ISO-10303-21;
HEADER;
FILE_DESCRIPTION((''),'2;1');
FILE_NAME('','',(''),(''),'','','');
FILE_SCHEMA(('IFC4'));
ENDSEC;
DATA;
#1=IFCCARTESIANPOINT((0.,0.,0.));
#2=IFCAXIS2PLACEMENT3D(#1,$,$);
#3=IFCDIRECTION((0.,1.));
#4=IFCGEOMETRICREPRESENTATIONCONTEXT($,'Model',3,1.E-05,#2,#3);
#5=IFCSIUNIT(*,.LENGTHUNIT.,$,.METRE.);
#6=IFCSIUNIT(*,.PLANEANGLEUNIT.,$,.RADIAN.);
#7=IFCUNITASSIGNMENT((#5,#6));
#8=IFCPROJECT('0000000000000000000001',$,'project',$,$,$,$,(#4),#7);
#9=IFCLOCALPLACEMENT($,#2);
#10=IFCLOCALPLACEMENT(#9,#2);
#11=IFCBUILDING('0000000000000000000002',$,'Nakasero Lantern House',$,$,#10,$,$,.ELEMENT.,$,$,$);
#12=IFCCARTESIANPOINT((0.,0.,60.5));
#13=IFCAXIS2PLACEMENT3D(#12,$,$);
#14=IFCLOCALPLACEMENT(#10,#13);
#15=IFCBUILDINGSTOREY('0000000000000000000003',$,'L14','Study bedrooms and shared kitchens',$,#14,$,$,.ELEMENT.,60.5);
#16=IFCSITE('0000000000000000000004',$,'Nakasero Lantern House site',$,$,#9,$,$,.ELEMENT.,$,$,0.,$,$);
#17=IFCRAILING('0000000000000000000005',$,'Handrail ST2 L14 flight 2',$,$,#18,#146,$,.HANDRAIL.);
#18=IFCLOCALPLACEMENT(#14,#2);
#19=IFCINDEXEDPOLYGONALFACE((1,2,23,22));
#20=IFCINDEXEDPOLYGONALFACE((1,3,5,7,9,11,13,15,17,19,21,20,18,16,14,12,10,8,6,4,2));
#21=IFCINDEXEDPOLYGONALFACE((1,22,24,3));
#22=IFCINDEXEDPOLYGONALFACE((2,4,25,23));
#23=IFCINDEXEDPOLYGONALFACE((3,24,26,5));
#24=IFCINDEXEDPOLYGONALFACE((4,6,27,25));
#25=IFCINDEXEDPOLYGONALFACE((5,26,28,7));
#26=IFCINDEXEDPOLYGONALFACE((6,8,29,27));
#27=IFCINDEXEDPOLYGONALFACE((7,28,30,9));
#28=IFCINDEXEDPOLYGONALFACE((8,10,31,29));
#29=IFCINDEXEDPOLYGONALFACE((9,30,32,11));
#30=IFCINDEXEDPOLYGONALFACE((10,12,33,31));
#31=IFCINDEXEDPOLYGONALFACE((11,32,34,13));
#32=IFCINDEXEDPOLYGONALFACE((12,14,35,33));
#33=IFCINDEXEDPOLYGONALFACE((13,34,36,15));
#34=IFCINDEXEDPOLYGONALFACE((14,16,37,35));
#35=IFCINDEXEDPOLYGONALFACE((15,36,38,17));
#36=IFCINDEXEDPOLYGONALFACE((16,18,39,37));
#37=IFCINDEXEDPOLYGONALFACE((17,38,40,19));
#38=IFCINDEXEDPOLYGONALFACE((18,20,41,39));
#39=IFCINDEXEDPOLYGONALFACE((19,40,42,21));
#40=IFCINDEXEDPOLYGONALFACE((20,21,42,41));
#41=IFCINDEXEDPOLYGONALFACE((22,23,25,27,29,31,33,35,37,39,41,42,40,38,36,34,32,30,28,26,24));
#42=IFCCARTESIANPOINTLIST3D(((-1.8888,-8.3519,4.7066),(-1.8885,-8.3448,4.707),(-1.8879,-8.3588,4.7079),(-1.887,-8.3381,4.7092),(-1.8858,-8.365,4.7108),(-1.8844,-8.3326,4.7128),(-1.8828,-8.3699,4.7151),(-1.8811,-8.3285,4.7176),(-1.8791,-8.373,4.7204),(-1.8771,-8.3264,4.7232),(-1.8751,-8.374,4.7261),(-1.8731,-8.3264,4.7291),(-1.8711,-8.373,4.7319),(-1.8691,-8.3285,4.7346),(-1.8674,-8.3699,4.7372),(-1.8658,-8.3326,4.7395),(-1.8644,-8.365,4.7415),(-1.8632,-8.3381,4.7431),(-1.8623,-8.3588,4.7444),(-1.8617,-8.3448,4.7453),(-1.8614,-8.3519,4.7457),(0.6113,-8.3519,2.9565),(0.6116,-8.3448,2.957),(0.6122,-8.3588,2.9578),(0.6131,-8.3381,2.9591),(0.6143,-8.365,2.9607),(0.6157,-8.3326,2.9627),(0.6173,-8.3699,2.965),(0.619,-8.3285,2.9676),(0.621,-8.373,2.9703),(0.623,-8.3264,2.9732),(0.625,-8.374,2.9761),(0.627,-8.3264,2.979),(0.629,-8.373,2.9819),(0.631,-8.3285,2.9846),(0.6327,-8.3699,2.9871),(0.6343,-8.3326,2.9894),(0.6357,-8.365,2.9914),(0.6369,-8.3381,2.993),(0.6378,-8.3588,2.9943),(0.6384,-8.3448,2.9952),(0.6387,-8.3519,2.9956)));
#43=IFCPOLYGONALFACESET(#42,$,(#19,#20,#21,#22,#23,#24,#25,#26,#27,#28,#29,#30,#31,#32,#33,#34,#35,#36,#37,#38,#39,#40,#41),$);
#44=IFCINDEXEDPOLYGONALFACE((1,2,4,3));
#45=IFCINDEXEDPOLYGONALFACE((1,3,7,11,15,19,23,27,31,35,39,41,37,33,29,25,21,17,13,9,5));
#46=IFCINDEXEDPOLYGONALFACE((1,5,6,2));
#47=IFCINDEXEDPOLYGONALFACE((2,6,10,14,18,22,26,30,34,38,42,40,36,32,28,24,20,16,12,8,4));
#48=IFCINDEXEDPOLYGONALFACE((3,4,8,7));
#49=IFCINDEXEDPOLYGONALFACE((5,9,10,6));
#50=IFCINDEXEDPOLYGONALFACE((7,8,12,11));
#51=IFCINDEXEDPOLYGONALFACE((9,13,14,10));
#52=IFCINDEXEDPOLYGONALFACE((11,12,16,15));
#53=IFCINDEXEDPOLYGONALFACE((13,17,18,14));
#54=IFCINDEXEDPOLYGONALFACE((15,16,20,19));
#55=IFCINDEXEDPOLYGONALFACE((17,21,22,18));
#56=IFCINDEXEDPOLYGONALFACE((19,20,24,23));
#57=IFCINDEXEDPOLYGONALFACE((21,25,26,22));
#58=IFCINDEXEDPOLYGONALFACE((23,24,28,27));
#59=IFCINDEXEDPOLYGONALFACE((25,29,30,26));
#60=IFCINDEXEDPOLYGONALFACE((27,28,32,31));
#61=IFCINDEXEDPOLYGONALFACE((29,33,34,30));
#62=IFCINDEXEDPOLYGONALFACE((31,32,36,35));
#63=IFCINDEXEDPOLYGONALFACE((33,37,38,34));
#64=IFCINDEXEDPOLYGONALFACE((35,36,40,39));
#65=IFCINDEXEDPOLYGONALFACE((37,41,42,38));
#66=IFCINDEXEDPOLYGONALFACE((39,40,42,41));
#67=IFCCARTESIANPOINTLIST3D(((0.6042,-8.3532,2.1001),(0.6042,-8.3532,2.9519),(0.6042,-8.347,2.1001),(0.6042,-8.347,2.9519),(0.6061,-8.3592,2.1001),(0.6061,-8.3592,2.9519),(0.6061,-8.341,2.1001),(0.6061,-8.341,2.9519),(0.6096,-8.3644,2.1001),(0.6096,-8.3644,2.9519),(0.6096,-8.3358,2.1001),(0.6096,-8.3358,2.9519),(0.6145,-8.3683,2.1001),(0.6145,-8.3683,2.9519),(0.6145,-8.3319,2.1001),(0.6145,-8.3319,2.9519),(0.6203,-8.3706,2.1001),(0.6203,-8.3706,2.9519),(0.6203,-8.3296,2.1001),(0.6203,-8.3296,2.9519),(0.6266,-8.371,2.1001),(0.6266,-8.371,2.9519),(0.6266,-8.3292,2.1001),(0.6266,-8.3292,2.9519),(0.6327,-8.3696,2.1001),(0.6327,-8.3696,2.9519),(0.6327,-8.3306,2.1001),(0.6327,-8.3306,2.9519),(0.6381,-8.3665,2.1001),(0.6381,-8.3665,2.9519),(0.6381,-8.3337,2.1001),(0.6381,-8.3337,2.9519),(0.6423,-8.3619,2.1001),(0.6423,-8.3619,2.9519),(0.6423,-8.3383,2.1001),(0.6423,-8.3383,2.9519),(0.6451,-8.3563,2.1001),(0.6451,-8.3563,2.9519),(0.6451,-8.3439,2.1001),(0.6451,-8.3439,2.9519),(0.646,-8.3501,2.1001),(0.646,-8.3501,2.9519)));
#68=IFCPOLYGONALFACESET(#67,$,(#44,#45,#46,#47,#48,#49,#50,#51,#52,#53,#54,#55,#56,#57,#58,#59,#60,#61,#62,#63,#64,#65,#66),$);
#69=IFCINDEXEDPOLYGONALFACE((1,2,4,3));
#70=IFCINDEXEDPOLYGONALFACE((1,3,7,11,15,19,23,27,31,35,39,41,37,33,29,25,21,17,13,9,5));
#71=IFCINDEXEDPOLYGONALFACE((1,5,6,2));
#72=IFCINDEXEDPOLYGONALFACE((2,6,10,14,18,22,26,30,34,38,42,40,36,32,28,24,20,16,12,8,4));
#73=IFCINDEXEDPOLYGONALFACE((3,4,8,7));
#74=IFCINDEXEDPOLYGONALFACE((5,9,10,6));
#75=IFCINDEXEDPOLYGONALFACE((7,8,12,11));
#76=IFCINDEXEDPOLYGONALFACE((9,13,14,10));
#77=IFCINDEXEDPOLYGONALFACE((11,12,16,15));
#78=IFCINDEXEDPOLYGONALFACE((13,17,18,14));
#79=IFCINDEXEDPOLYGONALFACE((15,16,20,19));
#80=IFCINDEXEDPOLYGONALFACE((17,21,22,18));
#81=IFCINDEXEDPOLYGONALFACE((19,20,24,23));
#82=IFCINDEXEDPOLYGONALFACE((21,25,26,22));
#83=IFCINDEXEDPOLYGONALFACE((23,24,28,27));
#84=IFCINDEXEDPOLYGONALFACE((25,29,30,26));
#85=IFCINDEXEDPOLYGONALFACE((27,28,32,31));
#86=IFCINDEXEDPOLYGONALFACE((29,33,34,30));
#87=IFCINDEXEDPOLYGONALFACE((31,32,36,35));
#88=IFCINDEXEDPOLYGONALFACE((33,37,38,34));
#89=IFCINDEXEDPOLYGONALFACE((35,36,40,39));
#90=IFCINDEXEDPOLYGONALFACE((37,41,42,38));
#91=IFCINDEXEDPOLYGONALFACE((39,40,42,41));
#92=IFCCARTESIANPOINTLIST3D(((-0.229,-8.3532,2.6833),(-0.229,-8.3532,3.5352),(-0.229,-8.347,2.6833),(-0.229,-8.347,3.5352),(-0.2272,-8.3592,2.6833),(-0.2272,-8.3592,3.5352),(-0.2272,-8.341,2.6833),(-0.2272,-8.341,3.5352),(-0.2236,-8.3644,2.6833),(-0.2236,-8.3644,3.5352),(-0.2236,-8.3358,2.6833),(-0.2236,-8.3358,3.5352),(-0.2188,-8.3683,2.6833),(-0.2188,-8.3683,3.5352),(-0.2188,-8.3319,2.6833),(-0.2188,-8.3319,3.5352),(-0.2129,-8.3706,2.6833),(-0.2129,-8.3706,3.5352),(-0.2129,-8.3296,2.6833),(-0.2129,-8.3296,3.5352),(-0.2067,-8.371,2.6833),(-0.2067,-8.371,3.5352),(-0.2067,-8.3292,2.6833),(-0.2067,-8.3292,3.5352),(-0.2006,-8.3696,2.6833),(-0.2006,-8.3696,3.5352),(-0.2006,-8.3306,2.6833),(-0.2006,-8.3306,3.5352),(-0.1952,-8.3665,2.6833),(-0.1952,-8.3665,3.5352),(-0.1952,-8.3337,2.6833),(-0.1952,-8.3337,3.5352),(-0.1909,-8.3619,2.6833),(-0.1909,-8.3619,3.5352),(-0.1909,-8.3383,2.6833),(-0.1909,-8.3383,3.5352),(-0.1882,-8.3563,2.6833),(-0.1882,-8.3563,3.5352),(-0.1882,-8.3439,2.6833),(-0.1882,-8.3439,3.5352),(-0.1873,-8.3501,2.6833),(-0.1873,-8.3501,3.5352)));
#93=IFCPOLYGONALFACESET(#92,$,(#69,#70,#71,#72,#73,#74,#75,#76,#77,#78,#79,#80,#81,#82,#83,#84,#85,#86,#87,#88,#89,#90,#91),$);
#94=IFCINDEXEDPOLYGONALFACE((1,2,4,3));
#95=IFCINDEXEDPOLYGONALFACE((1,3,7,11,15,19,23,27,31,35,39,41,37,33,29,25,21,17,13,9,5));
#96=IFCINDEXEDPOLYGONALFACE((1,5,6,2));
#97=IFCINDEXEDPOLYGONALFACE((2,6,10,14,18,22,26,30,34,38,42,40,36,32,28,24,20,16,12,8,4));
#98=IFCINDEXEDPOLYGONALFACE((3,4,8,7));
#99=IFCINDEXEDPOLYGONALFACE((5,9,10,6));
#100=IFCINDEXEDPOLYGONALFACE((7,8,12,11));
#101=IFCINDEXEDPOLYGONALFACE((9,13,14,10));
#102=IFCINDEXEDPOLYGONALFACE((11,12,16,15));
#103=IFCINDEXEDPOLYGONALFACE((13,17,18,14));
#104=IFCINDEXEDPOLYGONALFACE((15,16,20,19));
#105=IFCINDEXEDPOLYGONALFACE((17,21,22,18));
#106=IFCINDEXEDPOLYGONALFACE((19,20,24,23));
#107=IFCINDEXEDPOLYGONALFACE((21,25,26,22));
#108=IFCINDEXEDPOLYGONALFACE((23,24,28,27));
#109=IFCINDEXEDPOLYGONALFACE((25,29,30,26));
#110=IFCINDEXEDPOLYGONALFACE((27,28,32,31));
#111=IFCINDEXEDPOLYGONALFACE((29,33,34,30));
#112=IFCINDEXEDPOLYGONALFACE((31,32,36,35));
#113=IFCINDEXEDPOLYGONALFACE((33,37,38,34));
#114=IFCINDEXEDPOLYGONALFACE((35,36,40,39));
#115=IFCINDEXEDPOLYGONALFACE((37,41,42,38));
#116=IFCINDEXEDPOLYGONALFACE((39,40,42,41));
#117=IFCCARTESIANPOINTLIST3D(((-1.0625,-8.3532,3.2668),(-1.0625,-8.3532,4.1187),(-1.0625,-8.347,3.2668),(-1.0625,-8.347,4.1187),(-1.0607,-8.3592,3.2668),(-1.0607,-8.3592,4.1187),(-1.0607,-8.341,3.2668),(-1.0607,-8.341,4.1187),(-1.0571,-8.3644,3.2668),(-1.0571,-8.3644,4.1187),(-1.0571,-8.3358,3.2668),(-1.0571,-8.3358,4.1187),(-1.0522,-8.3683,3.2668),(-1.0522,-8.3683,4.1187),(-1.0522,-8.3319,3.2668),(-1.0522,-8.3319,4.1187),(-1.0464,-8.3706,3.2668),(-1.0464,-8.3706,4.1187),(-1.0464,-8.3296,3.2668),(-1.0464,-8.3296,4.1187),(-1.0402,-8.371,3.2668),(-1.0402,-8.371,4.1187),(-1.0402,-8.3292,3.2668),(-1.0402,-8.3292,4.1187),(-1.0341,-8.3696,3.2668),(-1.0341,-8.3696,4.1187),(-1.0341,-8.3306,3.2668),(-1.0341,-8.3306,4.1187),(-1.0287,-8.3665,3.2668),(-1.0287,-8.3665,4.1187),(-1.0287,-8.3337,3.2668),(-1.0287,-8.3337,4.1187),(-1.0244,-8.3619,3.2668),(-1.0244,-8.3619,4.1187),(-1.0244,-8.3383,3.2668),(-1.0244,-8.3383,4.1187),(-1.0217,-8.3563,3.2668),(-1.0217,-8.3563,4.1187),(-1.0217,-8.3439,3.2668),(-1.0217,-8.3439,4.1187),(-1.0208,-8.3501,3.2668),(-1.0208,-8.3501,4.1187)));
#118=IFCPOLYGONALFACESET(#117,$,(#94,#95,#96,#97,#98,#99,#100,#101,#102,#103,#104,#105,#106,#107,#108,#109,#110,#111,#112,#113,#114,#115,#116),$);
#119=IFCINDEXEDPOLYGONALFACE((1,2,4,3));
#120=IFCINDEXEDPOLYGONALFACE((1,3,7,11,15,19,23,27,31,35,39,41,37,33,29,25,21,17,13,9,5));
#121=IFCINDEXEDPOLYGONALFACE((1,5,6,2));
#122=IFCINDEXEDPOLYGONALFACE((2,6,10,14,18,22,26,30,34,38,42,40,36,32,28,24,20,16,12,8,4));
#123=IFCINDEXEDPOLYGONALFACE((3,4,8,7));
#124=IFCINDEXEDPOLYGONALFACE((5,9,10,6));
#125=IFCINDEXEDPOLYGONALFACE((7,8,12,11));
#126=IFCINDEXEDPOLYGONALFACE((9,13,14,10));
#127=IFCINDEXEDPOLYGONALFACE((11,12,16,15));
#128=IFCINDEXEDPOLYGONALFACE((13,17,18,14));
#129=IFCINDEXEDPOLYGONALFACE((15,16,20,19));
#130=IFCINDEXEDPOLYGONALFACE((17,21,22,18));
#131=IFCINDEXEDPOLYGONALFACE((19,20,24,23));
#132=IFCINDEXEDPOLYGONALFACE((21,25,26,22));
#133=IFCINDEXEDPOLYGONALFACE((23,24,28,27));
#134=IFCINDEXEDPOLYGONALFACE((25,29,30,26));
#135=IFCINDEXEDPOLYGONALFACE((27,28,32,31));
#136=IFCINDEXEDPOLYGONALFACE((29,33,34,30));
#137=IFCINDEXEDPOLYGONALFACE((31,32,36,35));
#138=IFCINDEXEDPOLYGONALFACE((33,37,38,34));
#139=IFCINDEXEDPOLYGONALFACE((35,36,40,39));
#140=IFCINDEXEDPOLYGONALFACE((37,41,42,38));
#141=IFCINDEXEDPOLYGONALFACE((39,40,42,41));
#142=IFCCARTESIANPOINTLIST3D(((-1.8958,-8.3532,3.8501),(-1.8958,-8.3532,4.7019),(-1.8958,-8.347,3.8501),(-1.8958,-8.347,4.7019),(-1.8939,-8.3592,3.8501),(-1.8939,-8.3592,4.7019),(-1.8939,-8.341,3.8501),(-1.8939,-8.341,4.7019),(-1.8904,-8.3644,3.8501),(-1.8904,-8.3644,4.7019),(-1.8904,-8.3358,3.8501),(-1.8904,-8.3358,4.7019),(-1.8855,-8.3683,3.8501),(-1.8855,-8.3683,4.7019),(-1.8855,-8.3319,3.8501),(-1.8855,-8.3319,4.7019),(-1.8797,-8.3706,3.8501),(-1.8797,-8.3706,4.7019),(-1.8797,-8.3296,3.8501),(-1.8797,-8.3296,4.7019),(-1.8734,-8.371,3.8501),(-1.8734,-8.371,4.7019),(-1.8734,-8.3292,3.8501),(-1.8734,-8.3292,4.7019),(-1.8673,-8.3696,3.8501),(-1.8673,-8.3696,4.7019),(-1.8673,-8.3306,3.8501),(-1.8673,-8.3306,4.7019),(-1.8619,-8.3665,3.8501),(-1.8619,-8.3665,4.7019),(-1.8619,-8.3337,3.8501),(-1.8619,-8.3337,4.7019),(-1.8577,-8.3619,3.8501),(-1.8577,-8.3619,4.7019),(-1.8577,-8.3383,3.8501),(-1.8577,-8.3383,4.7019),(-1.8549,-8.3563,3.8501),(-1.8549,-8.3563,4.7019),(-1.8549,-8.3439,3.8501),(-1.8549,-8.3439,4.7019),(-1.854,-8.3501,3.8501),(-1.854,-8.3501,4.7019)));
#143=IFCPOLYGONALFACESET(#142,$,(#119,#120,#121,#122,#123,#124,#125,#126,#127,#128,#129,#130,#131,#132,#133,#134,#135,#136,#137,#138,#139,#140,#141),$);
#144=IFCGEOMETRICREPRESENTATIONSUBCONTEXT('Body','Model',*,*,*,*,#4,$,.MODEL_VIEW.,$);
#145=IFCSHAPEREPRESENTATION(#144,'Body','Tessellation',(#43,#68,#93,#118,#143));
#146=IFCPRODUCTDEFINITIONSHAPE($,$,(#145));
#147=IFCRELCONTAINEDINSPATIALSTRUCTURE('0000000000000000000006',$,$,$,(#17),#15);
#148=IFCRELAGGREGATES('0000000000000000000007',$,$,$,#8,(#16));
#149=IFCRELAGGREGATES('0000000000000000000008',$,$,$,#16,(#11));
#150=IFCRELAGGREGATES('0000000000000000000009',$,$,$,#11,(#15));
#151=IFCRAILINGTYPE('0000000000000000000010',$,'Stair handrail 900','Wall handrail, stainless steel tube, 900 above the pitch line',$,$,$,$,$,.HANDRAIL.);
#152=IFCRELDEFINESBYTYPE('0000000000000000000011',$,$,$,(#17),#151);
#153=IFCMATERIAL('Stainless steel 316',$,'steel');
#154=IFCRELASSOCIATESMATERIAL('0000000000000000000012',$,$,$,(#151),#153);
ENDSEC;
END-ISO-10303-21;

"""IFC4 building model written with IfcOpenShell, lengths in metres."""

from ifc_helpers import new_model, si_unit, direction, frame, origin, origin_2d, place, context, subcontext, project, spatial, circle, extrude, material, type_object, element, save


model = new_model("IFC4")

# Units and contexts
model_context = context("Model", 3, precision=1e-05, world=origin(), true_north=direction((0.0, 1.0)))
body_context = subcontext(model_context, "Body", "Model", "MODEL_VIEW")
ifc_project = project(units=[si_unit("LENGTHUNIT", "METRE"), si_unit("PLANEANGLEUNIT", "RADIAN")], contexts=[model_context])

# Site, building, storey
site_placement = place(None, origin())
site = spatial("IfcSite", under=ifc_project, at=site_placement, Name="Nakasero Lantern House site", CompositionType="ELEMENT", RefElevation=0.0)
building_placement = place(site_placement, origin())
building = spatial("IfcBuilding", under=site, at=building_placement, Name="Nakasero Lantern House", CompositionType="ELEMENT")
storey_placement = place(building_placement, frame((0.0, 0.0, 60.5)))
storey = spatial("IfcBuildingStorey", under=building, at=storey_placement, Name="L14", Description="Study bedrooms and shared kitchens", CompositionType="ELEMENT", Elevation=60.5)

# Railing
ifc_material_1 = material(Name="Stainless steel 316", Category="steel")
railing_type = type_object("IfcRailingType", Name="Stair handrail 900", Description="Wall handrail, stainless steel tube, 900 above the pitch line", PredefinedType="HANDRAIL", material=ifc_material_1)
railing_placement = place(storey_placement, frame((0.625, -8.3501, 2.1001)))
element("IfcRailing", 1, at=railing_placement, inside=storey, type_object=railing_type, Name="Handrail ST2 L14 flight 2", PredefinedType="HANDRAIL", context=body_context, shape_type="SweptSolid", body=[
    extrude(circle(Radius=0.0239, at=origin_2d()), frame((0.0, 0.0, 0.876), z_axis=(-0.819232, 0.0, 0.573462), x_axis=(0.0, -1.0, 0.0)), (0.0, 0.0, 1.0), 3.0518),
    extrude(circle(Radius=0.021, at=origin_2d()), origin(), (0.0, 0.0, 1.0), 0.8518),
    extrude(circle(Radius=0.021, at=origin_2d()), frame((-0.8333, 0.0, 0.5833)), (0.0, 0.0, 1.0), 0.8518),
    extrude(circle(Radius=0.021, at=origin_2d()), frame((-1.6667, 0.0, 1.1667)), (0.0, 0.0, 1.0), 0.8518),
    extrude(circle(Radius=0.021, at=origin_2d()), frame((-2.5, 0.0, 1.75)), (0.0, 0.0, 1.0), 0.8518),
])

save(model, "model.ifc")
